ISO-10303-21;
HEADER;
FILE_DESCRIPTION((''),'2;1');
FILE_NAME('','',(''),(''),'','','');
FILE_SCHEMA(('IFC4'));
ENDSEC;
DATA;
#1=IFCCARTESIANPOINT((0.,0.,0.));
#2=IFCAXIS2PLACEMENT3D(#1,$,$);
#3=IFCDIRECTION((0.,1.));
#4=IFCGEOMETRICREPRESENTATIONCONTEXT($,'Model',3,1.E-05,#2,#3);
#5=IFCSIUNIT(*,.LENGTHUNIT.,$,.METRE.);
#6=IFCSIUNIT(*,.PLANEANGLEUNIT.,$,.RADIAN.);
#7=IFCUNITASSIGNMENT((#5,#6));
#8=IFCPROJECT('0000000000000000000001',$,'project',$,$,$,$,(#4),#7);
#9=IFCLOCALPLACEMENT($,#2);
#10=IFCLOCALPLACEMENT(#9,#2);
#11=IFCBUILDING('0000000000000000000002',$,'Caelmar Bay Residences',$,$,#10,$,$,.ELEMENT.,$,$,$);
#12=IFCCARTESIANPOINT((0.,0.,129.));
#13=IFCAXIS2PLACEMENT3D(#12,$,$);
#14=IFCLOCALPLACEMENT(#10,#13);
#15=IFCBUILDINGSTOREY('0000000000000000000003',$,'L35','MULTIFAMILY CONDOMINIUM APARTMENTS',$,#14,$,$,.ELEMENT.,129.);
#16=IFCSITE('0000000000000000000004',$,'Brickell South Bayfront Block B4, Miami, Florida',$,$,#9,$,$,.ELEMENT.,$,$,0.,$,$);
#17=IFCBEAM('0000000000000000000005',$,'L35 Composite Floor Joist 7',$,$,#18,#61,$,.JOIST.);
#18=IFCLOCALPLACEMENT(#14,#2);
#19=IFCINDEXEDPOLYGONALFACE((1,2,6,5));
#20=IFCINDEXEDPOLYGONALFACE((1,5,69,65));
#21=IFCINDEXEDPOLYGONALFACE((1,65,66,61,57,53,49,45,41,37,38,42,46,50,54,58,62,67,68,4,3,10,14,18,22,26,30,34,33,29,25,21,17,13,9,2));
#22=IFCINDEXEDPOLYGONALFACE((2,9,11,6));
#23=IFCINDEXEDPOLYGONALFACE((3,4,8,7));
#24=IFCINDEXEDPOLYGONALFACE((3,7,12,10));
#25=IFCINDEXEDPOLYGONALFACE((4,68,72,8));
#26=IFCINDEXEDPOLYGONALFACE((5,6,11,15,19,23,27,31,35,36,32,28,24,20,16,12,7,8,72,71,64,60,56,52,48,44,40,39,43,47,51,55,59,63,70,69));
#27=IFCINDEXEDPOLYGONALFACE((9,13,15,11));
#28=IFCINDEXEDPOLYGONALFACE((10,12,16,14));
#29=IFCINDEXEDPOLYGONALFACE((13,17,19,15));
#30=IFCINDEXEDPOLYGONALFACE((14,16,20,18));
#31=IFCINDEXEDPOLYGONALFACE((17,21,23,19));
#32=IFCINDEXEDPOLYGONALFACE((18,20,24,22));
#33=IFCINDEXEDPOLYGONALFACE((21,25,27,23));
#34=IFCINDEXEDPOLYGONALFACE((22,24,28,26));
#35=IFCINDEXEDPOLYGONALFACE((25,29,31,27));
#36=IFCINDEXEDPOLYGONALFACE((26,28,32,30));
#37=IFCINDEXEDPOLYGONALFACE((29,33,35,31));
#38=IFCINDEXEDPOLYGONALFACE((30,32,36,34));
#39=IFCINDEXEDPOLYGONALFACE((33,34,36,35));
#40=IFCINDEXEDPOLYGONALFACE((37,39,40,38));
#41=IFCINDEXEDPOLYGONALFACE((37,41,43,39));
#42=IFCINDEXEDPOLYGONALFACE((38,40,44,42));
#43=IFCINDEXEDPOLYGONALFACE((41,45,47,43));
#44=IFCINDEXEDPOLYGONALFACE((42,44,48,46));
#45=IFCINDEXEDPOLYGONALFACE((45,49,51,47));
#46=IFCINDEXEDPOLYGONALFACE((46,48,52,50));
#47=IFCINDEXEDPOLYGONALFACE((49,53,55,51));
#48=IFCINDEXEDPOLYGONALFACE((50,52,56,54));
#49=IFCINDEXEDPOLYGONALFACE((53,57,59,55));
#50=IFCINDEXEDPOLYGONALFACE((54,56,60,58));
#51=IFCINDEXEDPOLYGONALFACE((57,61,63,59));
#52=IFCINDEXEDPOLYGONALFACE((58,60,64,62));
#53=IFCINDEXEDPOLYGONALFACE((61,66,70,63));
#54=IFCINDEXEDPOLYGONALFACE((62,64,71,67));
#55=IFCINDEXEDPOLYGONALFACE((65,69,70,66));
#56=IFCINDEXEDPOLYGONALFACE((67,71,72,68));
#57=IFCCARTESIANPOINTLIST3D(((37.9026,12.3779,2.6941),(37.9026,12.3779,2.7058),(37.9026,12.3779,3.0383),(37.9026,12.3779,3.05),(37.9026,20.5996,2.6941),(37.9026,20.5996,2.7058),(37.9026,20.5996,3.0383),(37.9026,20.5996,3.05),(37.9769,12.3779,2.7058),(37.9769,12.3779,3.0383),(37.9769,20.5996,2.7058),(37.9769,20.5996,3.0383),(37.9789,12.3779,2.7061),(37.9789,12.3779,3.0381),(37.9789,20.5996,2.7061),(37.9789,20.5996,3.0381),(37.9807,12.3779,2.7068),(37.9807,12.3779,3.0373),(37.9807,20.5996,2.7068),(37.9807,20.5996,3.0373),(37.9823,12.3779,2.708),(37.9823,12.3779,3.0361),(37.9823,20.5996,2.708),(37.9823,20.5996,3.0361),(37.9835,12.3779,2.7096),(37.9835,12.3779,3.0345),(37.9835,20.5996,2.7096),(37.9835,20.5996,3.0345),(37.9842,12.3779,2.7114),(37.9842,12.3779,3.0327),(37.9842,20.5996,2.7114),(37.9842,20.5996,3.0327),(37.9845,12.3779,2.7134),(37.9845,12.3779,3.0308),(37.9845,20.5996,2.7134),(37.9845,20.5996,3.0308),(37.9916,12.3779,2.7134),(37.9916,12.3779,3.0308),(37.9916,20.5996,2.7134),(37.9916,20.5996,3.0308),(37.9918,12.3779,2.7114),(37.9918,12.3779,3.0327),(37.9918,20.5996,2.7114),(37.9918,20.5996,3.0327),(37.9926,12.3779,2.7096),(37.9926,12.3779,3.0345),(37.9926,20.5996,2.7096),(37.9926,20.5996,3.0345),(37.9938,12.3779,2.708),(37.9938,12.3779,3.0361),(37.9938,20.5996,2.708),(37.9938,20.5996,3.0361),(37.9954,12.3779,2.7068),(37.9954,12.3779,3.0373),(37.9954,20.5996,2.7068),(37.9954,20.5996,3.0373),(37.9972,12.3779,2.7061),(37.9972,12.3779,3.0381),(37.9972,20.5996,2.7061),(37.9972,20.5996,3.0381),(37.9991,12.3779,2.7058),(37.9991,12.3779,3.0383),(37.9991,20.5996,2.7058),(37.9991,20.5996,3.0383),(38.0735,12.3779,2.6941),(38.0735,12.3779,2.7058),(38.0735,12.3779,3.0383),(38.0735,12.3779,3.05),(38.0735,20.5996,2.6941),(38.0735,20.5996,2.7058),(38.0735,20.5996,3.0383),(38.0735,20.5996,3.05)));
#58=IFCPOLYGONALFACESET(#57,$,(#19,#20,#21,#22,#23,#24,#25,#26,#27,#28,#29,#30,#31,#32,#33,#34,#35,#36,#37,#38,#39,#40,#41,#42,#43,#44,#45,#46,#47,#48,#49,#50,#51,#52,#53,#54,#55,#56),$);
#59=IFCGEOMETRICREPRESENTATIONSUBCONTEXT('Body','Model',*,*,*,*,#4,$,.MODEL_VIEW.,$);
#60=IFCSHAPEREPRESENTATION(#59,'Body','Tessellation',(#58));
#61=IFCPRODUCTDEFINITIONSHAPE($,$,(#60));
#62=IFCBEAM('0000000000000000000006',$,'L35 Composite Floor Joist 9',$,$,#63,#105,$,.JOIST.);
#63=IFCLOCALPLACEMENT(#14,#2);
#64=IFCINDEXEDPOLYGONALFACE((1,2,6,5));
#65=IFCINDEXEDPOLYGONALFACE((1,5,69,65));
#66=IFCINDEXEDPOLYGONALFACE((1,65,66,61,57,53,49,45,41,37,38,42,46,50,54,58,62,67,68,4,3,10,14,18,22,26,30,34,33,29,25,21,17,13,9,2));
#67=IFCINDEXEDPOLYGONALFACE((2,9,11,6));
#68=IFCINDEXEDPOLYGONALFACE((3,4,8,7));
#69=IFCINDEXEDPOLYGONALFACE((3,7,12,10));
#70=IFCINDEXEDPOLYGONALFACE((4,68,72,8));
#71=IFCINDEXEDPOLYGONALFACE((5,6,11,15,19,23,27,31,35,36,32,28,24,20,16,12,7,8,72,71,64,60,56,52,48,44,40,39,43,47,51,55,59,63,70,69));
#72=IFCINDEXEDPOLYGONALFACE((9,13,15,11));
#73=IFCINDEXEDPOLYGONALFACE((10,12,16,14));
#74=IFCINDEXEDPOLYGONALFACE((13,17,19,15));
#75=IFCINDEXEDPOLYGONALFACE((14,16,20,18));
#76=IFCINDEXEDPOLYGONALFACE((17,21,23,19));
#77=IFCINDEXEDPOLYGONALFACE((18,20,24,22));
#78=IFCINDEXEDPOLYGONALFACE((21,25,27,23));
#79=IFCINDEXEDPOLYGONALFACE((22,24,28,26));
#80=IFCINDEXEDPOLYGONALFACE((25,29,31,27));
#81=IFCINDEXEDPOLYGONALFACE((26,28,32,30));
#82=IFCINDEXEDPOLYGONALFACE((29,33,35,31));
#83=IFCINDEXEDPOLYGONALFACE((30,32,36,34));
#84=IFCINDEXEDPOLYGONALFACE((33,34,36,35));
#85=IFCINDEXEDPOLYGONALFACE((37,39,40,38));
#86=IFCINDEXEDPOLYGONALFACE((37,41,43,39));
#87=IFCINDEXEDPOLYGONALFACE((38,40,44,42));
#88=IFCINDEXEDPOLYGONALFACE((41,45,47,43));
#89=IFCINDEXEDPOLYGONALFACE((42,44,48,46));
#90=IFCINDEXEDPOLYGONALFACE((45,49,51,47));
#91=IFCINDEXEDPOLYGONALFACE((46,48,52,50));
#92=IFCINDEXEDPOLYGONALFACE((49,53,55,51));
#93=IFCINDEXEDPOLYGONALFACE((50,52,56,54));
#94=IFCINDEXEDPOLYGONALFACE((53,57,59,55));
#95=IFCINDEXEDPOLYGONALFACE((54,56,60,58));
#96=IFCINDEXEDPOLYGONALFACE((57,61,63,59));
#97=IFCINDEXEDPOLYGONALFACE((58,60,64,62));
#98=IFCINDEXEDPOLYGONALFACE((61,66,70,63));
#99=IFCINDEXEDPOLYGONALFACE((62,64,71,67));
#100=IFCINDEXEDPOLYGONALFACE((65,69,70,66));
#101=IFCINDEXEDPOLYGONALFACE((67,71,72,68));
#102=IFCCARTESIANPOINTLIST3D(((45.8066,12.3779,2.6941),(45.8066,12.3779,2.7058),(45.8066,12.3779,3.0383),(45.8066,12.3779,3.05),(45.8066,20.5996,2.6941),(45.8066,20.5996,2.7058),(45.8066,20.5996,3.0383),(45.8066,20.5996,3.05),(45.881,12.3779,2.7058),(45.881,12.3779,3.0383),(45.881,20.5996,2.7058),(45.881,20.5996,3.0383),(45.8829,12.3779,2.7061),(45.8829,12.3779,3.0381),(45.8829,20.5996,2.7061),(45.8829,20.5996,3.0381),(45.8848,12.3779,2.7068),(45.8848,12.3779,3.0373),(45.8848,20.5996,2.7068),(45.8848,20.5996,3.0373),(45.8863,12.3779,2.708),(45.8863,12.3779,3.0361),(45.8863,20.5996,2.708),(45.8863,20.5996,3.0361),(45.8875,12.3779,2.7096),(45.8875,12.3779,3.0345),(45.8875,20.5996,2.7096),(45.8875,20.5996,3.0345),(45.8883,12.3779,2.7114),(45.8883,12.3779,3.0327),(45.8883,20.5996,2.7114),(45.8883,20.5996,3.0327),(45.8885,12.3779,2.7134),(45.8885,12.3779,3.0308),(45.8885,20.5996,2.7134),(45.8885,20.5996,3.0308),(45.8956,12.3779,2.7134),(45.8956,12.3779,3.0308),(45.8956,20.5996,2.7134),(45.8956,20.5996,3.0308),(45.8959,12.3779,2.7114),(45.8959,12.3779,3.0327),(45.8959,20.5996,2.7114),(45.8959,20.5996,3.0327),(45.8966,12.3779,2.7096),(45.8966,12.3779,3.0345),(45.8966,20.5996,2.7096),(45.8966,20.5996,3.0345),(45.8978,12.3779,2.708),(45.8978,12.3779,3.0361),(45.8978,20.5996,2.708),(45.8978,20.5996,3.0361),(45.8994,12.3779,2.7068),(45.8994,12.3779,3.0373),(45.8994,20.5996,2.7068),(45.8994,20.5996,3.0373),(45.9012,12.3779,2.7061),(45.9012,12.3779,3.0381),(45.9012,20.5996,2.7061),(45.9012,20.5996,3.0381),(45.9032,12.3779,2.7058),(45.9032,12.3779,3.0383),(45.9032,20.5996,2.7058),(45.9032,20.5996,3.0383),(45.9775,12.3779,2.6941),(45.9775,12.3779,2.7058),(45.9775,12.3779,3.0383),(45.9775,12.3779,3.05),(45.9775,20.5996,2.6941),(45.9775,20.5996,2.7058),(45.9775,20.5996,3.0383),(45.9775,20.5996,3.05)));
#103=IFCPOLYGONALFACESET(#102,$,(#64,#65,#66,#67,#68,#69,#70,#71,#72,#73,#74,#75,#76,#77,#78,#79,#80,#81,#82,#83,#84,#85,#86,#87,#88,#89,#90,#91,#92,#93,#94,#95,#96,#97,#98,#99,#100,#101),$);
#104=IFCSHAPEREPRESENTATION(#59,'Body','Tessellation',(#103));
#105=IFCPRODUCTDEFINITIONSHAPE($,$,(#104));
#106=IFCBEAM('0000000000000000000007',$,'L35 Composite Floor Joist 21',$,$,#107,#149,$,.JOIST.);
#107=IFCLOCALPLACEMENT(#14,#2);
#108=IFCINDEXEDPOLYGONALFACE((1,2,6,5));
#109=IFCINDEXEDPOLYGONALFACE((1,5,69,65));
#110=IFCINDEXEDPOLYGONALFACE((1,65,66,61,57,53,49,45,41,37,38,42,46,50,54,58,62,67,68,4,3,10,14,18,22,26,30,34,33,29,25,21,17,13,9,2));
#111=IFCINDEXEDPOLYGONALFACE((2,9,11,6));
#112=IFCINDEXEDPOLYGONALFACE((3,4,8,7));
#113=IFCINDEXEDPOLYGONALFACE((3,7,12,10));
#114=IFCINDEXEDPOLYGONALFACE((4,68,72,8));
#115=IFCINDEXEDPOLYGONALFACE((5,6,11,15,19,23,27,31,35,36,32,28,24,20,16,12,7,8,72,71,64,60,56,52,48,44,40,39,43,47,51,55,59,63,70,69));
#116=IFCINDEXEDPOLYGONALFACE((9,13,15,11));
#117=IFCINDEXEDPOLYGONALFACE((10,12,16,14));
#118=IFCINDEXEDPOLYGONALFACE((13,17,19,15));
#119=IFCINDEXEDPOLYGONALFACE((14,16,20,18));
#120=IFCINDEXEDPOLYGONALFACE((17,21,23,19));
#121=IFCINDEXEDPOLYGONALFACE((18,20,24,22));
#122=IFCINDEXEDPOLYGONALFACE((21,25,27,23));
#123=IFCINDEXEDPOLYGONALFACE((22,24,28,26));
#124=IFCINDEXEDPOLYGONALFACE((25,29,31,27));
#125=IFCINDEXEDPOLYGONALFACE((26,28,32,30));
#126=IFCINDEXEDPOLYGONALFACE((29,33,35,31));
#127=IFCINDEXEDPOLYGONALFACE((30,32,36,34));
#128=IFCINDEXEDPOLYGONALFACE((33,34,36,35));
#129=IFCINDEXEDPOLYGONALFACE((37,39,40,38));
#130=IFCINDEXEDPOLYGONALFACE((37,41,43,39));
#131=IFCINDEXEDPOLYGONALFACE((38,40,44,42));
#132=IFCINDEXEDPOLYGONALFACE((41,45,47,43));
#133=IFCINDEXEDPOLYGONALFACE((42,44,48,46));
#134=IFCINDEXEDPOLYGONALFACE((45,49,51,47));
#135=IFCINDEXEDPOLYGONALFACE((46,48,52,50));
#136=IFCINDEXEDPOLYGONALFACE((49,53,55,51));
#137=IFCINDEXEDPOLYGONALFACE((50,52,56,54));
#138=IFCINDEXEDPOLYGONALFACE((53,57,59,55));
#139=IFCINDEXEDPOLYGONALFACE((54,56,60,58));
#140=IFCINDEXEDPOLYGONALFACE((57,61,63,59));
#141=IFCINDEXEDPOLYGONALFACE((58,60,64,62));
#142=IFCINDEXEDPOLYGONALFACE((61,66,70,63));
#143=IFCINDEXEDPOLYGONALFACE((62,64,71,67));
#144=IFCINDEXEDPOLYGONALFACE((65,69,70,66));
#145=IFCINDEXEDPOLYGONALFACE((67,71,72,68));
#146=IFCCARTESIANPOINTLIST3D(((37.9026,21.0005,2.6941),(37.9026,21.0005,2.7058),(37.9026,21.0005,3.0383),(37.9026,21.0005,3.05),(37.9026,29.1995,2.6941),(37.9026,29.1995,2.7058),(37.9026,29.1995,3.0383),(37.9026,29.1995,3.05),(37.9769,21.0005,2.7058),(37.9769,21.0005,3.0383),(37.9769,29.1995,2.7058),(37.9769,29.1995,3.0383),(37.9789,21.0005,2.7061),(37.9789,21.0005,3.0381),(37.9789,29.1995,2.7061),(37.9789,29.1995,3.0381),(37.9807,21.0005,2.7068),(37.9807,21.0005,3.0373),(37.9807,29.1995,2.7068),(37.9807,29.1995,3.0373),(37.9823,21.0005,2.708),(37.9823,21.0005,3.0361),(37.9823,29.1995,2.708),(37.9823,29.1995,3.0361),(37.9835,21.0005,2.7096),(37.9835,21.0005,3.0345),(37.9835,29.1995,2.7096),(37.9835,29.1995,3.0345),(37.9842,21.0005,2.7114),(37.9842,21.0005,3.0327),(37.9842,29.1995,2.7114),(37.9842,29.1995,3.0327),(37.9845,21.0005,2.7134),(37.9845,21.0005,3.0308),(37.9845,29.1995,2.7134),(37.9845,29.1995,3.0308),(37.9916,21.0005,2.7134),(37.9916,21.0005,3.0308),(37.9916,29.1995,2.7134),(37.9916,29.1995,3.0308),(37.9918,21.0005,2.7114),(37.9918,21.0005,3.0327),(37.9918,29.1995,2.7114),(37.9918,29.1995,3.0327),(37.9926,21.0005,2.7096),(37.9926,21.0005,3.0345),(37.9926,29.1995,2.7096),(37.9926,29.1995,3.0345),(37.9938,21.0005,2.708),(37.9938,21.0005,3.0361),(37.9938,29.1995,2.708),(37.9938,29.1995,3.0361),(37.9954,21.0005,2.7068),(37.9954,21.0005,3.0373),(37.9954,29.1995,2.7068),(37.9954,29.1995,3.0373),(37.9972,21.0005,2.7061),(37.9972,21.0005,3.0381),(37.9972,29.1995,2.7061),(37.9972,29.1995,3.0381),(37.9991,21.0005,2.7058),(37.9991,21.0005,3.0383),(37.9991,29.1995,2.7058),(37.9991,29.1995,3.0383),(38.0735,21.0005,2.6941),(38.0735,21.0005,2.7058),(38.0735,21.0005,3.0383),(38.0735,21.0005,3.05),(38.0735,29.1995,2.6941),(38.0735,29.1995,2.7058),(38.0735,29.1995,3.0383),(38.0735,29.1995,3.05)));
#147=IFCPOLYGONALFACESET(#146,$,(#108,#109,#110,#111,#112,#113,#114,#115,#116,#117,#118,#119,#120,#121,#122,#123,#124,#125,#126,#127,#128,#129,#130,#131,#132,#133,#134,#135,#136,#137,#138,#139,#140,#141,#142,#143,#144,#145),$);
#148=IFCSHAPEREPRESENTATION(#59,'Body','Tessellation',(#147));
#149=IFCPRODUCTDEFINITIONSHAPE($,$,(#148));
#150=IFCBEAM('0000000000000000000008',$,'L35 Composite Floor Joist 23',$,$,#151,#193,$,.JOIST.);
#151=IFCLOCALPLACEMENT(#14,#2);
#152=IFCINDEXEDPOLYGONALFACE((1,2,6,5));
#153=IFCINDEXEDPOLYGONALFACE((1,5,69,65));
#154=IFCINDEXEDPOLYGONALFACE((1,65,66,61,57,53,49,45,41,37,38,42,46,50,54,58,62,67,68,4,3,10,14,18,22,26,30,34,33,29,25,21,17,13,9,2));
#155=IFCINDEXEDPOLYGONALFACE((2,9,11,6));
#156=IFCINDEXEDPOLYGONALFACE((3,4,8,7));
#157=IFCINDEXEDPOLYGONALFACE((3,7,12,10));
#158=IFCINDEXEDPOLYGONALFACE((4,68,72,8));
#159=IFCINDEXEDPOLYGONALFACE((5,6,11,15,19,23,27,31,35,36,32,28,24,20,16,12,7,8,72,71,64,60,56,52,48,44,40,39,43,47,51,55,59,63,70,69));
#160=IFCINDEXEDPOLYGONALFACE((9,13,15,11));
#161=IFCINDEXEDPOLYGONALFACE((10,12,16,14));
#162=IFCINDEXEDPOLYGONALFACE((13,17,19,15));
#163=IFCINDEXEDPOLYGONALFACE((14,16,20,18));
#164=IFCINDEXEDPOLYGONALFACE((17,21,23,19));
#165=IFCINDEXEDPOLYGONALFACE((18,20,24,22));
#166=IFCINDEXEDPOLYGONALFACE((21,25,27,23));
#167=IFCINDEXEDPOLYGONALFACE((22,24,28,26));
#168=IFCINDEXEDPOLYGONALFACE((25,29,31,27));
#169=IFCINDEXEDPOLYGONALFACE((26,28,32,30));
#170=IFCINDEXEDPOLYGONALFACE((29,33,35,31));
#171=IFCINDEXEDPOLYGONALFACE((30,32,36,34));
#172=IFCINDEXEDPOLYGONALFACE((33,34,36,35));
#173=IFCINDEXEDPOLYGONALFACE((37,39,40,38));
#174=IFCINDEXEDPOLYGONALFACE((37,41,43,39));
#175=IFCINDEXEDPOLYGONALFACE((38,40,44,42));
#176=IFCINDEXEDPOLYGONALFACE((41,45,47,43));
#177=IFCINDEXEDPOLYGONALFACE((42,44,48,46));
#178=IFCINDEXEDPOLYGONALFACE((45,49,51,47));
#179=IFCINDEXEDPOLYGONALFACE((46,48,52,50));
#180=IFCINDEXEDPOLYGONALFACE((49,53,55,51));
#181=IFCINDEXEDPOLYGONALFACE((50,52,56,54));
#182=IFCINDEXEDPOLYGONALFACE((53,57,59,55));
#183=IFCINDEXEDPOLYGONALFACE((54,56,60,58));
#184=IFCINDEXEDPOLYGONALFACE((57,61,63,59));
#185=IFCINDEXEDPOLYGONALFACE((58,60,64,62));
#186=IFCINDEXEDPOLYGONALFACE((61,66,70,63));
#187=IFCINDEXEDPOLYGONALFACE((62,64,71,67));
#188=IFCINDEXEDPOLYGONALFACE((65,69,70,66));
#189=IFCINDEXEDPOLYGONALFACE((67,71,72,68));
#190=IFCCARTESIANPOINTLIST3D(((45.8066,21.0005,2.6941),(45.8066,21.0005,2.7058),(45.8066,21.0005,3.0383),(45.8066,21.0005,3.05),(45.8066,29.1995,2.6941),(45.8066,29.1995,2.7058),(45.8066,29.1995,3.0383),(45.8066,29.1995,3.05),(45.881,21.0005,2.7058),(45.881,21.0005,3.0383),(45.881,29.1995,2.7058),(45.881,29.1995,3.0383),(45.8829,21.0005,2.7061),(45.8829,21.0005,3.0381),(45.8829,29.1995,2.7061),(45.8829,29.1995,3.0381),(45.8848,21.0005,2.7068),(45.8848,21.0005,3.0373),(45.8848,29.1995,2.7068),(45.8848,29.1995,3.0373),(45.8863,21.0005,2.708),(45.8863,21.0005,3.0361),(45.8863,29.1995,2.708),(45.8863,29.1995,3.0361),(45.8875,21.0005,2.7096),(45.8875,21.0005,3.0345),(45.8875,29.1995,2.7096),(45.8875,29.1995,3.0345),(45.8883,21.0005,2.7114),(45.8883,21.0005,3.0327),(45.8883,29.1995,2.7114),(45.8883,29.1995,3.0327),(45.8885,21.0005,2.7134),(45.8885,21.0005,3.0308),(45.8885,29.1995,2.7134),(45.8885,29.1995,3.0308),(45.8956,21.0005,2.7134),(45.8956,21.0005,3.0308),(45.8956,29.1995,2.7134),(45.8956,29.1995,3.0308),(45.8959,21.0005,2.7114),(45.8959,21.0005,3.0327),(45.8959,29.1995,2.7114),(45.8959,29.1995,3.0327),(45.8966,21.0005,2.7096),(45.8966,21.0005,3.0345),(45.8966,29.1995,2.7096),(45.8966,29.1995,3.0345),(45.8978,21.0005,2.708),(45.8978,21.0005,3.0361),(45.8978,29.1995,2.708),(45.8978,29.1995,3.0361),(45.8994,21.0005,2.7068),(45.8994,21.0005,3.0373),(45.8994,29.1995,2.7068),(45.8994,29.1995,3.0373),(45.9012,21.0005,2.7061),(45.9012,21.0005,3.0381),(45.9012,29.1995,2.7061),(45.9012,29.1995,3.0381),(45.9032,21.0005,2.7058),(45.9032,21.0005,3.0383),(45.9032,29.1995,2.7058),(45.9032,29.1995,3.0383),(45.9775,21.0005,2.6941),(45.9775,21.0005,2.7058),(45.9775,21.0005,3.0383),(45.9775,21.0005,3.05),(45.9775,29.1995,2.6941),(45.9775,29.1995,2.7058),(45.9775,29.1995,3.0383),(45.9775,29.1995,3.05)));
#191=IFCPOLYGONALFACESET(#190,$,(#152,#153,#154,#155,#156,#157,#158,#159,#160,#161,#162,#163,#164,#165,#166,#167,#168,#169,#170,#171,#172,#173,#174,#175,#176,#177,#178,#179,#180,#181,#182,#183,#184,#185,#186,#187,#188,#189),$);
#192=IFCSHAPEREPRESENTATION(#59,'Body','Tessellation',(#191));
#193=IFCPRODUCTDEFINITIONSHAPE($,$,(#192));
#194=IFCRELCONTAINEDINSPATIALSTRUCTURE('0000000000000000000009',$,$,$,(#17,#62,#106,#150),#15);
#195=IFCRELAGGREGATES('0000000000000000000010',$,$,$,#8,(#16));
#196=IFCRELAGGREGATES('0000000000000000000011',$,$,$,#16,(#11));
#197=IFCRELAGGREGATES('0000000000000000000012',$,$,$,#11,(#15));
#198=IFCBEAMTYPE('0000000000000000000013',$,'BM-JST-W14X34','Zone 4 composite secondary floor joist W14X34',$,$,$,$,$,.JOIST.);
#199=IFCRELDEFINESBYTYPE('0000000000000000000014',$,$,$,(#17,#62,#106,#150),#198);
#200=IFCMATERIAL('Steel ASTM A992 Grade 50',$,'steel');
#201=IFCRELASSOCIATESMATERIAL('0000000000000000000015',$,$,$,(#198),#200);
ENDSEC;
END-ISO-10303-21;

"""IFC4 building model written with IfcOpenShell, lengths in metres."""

from ifc_helpers import new_model, si_unit, direction, frame, origin, origin_2d, place, context, subcontext, project, spatial, i_section, extrude, material, material_profile, profile_set, type_object, element, save


model = new_model("IFC4")

# Units and contexts
model_context = context("Model", 3, precision=1e-05, world=origin(), true_north=direction((0.0, 1.0)))
body_context = subcontext(model_context, "Body", "Model", "MODEL_VIEW")
ifc_project = project(units=[si_unit("LENGTHUNIT", "METRE"), si_unit("PLANEANGLEUNIT", "RADIAN")], contexts=[model_context])

# Site, building, storey
site_placement = place(None, origin())
site = spatial("IfcSite", under=ifc_project, at=site_placement, Name="Brickell South Bayfront Block B4, Miami, Florida", CompositionType="ELEMENT", RefElevation=0.0)
building_placement = place(site_placement, origin())
building = spatial("IfcBuilding", under=site, at=building_placement, Name="Caelmar Bay Residences", CompositionType="ELEMENT")
storey_placement = place(building_placement, frame((0.0, 0.0, 129.0)))
storey = spatial("IfcBuildingStorey", under=building, at=storey_placement, Name="L35", Description="MULTIFAMILY CONDOMINIUM APARTMENTS", CompositionType="ELEMENT", Elevation=129.0)

# Beams
ifc_material_1 = material(Name="Steel ASTM A992 Grade 50", Category="steel")
ifc_material_profile_1 = material_profile(ifc_material_1, i_section(OverallWidth=0.1709, OverallDepth=0.356, WebThickness=0.0071, FlangeThickness=0.0117, FilletRadius=0.0076, at=origin_2d()), Name="W14X34")
ifc_profile_set_1 = profile_set([ifc_material_profile_1], Name="Steel ASTM A992 Grade 50")
beam_type_1 = type_object("IfcBeamType", Name="BM-JST-W14X34", Description="Zone 4 composite secondary floor joist W14X34", PredefinedType="JOIST", material=ifc_profile_set_1)
for number, where, z_axis, x_axis, name in (
    (1, (37.988, 12.3779, 2.8721), (0.0, 1.0, 0.0), (-1.0, 0.0, 0.0), "L35 Composite Floor Joist 7"),
    (2, (45.8921, 12.3779, 2.8721), (0.0, 1.0, 0.0), (-1.0, 0.0, 0.0), "L35 Composite Floor Joist 9"),
):
    element("IfcBeam", number, at=place(storey_placement, frame(where, z_axis=z_axis, x_axis=x_axis)), inside=storey, type_object=beam_type_1, Name=name, PredefinedType="JOIST", context=body_context, shape_type="SweptSolid", body=[
        extrude(i_section(OverallWidth=0.1709, OverallDepth=0.356, WebThickness=0.0071, FlangeThickness=0.0117, FilletRadius=0.0076, at=origin_2d()), origin(), (0.0, 0.0, 1.0), 8.2217),
    ])
for number, where, z_axis, x_axis, name in (
    (3, (37.988, 21.0005, 2.8721), (0.0, 1.0, 0.0), (-1.0, 0.0, 0.0), "L35 Composite Floor Joist 21"),
    (4, (45.8921, 21.0005, 2.8721), (0.0, 1.0, 0.0), (-1.0, 0.0, 0.0), "L35 Composite Floor Joist 23"),
):
    element("IfcBeam", number, at=place(storey_placement, frame(where, z_axis=z_axis, x_axis=x_axis)), inside=storey, type_object=beam_type_1, Name=name, PredefinedType="JOIST", context=body_context, shape_type="SweptSolid", body=[
        extrude(i_section(OverallWidth=0.1709, OverallDepth=0.356, WebThickness=0.0071, FlangeThickness=0.0117, FilletRadius=0.0076, at=origin_2d()), origin(), (0.0, 0.0, 1.0), 8.199),
    ])

save(model, "model.ifc")
